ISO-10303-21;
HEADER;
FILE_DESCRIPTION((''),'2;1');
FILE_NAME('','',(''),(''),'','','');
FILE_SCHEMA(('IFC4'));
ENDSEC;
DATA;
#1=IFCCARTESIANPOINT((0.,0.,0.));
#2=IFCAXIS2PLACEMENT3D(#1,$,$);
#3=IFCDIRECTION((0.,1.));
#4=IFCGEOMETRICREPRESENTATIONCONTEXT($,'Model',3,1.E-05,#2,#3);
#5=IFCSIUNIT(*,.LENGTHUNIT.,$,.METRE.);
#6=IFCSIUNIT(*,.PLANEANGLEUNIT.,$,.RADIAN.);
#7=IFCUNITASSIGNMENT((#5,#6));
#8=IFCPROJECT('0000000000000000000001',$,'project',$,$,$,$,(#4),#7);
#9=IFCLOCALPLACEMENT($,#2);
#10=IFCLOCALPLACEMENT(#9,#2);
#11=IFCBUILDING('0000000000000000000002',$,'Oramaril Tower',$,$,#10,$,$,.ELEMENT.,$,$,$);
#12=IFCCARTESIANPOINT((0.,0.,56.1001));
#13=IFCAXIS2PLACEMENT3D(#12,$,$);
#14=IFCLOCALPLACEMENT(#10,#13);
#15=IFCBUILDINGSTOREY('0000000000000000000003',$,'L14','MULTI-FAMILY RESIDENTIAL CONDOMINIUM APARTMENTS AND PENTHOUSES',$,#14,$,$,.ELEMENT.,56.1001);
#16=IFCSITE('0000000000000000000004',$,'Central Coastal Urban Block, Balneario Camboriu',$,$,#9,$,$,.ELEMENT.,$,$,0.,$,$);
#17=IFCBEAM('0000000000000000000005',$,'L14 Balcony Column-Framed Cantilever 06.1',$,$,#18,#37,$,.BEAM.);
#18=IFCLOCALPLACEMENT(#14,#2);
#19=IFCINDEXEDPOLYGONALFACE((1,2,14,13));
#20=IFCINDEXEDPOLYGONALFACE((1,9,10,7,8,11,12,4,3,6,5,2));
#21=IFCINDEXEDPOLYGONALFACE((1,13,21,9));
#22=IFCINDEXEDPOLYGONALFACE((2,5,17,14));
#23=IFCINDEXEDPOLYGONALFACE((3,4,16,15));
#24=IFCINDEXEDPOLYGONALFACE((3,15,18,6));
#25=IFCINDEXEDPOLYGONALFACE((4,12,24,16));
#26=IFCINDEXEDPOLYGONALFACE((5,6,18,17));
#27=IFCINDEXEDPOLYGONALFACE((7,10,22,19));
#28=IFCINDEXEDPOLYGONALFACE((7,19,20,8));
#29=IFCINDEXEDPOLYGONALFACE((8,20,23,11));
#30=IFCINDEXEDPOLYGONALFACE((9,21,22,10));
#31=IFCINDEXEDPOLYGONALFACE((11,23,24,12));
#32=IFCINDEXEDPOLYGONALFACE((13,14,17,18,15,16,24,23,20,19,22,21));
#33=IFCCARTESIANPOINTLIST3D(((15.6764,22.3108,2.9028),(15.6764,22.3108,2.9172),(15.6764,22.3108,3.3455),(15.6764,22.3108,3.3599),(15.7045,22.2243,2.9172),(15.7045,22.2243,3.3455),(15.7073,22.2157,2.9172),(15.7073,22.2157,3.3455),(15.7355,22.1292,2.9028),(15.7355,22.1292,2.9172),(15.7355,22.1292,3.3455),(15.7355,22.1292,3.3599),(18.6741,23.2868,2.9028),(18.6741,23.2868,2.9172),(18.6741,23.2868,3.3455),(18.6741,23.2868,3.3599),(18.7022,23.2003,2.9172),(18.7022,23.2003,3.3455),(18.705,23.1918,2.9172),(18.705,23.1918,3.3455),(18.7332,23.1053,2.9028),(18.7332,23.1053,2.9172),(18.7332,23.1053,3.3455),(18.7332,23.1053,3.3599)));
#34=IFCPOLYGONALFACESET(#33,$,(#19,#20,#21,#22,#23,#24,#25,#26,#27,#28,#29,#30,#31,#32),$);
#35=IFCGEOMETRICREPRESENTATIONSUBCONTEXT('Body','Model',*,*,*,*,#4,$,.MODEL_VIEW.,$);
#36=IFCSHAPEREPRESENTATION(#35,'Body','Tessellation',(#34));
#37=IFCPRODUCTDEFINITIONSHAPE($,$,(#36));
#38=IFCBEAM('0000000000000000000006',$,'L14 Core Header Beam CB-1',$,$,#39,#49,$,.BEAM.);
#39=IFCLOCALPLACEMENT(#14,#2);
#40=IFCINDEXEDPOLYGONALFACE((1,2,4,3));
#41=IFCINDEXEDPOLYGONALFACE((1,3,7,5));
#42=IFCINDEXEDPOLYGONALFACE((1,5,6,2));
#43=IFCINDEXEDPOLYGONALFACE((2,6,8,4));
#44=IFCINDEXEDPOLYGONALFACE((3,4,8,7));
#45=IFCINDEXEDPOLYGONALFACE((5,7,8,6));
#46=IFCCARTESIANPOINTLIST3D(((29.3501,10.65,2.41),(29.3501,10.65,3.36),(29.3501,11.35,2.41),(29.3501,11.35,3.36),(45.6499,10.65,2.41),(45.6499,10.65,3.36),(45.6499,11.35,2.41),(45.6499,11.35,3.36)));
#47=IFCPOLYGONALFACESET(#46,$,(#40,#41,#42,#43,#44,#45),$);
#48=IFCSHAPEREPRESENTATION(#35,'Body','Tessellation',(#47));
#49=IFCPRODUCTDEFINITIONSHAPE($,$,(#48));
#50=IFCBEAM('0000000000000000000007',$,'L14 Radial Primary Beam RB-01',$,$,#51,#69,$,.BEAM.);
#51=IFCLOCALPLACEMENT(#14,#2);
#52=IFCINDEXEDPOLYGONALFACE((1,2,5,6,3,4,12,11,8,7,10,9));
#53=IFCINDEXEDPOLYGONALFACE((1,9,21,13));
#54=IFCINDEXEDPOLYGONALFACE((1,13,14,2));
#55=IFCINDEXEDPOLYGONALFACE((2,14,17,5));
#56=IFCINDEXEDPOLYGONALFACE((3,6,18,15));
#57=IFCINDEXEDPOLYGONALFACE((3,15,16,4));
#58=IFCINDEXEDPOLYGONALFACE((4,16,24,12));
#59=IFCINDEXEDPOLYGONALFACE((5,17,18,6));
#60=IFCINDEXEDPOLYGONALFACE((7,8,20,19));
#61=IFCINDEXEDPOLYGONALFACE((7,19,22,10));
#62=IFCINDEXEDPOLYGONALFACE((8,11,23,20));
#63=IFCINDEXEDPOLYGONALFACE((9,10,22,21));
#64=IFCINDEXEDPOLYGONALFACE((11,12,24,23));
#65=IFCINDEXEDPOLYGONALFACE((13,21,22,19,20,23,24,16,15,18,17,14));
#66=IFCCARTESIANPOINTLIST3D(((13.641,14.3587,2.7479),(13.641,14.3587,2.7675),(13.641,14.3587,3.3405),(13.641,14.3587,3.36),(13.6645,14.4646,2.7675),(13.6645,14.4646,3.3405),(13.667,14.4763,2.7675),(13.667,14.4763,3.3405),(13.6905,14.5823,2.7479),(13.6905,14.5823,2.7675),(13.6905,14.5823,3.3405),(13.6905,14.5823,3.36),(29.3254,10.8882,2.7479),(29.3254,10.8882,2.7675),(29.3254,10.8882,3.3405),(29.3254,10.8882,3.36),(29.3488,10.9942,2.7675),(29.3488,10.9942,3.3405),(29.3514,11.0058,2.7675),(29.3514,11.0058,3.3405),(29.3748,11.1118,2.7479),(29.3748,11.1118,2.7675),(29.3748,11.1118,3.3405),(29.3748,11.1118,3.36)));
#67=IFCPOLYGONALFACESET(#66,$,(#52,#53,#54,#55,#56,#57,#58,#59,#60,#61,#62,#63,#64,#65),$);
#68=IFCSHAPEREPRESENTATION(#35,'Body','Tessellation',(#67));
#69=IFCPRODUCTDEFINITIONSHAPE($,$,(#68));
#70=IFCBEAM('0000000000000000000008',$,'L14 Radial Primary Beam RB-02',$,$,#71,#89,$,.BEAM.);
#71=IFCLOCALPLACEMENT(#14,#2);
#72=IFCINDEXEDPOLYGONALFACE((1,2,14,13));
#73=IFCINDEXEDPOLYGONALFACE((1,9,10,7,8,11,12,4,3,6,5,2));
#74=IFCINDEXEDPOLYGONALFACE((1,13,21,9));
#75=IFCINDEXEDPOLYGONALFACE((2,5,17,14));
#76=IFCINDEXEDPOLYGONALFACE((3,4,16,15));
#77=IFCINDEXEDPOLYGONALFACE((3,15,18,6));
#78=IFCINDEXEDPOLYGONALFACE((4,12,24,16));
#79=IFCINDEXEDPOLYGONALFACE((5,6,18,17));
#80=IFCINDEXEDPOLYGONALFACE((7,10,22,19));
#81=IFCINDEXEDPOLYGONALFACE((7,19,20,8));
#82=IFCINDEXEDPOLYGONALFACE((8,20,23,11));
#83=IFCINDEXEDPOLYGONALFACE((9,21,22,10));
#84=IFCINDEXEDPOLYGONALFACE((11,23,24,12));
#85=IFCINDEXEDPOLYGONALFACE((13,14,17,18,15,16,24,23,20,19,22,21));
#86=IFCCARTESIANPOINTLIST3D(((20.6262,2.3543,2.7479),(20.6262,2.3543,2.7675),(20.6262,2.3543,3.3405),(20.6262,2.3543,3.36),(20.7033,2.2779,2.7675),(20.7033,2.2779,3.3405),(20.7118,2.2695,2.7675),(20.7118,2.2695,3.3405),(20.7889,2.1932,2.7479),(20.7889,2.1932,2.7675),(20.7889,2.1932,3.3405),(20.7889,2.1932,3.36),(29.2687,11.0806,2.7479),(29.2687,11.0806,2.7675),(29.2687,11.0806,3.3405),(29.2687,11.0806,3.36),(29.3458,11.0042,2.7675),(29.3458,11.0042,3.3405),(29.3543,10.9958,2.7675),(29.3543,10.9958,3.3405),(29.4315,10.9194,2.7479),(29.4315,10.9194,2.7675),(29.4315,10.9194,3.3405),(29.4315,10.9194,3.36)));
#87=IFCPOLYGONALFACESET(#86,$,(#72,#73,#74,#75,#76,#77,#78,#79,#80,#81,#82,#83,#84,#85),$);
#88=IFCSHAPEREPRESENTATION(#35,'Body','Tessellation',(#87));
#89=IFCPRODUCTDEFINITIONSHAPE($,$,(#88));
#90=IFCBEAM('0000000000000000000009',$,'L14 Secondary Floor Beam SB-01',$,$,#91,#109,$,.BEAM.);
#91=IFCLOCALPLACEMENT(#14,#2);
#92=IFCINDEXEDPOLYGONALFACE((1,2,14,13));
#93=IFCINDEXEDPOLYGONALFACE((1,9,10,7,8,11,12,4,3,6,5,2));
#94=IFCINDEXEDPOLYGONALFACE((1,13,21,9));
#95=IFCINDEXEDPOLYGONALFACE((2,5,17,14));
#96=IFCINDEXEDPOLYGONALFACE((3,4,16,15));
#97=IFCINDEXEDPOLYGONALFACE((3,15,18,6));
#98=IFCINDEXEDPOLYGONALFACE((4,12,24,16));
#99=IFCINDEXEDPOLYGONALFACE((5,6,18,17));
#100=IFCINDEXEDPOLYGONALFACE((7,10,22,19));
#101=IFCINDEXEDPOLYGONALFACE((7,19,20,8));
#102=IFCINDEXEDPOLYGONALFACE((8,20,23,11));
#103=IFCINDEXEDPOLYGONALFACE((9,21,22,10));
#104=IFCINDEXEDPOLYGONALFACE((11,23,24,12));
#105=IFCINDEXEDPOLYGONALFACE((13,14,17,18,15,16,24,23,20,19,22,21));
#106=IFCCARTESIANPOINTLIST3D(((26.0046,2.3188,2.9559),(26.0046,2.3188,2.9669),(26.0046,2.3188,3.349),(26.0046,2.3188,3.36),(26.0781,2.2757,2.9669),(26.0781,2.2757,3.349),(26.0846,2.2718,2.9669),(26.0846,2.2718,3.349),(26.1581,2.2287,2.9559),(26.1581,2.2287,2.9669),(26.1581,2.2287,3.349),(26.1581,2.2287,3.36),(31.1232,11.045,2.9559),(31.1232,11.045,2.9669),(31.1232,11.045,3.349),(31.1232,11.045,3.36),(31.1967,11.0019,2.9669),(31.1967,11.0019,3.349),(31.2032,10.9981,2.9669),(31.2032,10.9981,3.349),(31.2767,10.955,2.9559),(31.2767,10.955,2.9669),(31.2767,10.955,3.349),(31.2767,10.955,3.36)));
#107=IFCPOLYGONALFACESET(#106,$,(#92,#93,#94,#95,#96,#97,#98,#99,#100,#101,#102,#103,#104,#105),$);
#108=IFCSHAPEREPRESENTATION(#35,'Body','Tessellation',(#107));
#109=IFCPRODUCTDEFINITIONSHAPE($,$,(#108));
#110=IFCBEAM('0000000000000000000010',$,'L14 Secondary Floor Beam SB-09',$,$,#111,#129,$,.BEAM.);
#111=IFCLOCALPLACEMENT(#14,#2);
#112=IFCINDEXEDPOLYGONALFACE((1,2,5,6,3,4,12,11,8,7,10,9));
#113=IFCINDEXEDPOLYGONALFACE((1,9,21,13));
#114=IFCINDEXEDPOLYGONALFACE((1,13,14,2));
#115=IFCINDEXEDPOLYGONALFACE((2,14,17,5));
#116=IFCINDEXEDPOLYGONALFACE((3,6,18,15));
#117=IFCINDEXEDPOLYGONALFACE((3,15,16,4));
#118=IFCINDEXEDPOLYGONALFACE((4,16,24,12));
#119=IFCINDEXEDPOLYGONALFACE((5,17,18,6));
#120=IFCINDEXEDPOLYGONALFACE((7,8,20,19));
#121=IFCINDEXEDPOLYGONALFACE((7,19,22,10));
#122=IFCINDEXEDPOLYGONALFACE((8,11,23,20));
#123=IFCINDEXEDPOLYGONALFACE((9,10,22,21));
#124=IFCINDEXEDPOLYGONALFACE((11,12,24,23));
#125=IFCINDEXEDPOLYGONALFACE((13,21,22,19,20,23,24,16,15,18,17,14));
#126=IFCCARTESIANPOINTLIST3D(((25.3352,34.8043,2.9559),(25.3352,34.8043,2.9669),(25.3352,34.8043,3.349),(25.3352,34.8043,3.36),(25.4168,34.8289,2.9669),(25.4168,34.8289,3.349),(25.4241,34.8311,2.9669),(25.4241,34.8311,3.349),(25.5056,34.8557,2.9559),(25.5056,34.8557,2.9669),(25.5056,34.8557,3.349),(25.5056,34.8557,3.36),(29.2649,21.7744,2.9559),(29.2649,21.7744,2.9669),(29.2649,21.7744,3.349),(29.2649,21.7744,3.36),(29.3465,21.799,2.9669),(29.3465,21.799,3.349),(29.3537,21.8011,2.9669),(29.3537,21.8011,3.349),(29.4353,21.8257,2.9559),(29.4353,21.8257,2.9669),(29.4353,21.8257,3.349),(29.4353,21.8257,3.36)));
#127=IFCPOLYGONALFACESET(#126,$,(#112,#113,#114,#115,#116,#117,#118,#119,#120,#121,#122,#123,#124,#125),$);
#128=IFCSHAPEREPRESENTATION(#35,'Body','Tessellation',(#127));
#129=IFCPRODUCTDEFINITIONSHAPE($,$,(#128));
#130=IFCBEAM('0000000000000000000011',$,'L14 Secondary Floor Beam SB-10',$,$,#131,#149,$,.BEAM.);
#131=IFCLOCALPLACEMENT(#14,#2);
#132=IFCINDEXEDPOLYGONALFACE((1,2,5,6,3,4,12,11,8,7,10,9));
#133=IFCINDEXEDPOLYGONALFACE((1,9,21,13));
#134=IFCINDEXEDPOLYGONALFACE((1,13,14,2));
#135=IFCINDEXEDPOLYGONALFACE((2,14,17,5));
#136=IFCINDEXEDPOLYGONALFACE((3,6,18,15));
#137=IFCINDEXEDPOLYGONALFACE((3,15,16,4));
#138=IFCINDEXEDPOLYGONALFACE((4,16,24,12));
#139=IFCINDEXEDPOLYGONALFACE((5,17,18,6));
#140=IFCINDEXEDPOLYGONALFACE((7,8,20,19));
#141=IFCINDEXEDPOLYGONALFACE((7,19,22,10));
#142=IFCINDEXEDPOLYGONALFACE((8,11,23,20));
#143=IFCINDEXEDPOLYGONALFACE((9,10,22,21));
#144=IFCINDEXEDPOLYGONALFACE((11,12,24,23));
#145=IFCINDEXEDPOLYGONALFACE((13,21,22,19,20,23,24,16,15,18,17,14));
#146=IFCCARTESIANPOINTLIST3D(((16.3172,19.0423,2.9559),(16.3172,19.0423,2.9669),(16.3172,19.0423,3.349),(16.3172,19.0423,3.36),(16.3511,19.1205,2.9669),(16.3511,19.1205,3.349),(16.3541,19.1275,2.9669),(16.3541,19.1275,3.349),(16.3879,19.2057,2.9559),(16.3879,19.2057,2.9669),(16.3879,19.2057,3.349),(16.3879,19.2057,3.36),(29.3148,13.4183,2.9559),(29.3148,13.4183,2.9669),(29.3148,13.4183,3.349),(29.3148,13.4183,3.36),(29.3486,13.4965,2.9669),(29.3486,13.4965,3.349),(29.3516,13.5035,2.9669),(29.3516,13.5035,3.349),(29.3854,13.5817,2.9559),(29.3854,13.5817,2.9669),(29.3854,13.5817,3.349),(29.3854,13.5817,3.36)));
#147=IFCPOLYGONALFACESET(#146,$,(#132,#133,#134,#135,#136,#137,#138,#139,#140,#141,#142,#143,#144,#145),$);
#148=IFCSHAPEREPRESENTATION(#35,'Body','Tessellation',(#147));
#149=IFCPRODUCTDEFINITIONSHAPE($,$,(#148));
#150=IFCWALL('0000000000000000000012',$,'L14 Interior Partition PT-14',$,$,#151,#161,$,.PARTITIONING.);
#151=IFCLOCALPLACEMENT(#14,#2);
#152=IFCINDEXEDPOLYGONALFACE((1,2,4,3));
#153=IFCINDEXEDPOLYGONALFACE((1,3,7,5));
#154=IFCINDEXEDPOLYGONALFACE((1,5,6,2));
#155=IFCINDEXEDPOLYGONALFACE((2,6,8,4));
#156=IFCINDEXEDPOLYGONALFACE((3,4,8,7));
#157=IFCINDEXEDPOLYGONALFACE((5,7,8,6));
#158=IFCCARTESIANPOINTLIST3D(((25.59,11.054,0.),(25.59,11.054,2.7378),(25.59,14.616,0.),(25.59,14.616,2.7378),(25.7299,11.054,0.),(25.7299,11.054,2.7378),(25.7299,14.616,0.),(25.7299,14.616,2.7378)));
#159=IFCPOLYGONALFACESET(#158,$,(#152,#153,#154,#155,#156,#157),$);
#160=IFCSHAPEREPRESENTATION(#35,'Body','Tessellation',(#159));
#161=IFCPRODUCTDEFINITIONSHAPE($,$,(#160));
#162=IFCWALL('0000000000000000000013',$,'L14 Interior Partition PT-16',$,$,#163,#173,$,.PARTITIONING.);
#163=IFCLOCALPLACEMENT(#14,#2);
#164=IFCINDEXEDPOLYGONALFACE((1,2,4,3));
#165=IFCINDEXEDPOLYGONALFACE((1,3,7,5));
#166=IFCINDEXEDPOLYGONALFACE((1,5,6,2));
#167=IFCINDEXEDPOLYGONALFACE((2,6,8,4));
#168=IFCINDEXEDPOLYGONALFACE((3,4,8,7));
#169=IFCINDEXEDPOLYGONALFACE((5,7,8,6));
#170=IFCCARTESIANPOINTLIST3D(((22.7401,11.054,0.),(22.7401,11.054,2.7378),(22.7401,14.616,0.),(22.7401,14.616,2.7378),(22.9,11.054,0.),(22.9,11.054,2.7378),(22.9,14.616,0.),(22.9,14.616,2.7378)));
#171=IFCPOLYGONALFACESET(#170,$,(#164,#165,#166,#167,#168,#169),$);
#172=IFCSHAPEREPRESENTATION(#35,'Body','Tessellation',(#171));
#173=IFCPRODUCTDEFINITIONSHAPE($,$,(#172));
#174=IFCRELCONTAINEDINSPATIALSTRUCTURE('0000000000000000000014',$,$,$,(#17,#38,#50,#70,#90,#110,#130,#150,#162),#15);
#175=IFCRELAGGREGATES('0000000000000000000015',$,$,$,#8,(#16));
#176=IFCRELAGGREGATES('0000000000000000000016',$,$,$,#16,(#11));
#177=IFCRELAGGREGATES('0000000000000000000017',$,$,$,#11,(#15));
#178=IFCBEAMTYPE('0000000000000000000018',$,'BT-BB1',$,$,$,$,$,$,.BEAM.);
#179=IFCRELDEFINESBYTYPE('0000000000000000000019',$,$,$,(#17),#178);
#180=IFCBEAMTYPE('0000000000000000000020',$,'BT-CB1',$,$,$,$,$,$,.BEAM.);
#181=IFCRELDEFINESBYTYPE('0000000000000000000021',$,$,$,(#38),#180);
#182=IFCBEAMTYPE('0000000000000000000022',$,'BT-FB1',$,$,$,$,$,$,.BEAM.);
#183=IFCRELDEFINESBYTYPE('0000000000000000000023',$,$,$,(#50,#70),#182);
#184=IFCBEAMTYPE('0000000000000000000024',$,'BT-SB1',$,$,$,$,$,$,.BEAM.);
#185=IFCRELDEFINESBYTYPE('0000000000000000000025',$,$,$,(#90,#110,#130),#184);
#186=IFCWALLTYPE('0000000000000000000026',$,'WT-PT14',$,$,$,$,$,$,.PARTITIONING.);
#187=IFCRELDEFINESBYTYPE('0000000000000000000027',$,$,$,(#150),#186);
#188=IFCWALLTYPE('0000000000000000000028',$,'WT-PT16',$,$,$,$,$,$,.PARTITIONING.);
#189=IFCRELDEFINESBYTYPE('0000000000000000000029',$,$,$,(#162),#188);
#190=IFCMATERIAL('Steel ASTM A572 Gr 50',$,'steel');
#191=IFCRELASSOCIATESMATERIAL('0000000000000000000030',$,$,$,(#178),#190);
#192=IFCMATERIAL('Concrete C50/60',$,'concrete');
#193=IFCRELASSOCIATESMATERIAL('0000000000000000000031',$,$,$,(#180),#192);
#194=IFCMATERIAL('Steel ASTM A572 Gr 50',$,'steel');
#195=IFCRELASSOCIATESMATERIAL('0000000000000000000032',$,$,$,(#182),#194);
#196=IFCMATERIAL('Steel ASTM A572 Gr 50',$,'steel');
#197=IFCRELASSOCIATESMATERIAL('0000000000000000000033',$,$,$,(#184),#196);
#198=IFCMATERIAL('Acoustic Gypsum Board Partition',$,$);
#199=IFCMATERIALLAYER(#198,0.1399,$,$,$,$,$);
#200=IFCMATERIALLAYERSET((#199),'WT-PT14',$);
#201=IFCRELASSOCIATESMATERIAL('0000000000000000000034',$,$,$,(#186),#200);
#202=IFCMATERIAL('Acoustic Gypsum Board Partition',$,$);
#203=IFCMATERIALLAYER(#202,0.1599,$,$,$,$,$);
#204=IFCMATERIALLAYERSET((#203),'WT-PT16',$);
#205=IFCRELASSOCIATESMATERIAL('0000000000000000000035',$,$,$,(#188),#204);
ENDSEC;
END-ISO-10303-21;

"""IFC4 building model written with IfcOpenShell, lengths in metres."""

from ifc_helpers import new_model, si_unit, direction, frame, frame_2d, origin, origin_2d, place, context, subcontext, project, spatial, rectangle, i_section, extrude, material, layer, layer_set, material_profile, profile_set, type_object, element, save


model = new_model("IFC4")

# Units and contexts
model_context = context("Model", 3, precision=1e-05, world=origin(), true_north=direction((0.0, 1.0)))
body_context = subcontext(model_context, "Body", "Model", "MODEL_VIEW")
ifc_project = project(units=[si_unit("LENGTHUNIT", "METRE"), si_unit("PLANEANGLEUNIT", "RADIAN")], contexts=[model_context])

# Site, building, storey
site_placement = place(None, origin())
site = spatial("IfcSite", under=ifc_project, at=site_placement, Name="Central Coastal Urban Block, Balneario Camboriu", CompositionType="ELEMENT", RefElevation=0.0)
building_placement = place(site_placement, origin())
building = spatial("IfcBuilding", under=site, at=building_placement, Name="Oramaril Tower", CompositionType="ELEMENT")
storey_placement = place(building_placement, frame((0.0, 0.0, 56.1001)))
storey = spatial("IfcBuildingStorey", under=building, at=storey_placement, Name="L14", Description="MULTI-FAMILY RESIDENTIAL CONDOMINIUM APARTMENTS AND PENTHOUSES", CompositionType="ELEMENT", Elevation=56.1001)

# Beams
ifc_material_1 = material(Name="Steel ASTM A572 Gr 50", Category="steel")
ifc_material_profile_1 = material_profile(ifc_material_1, i_section(OverallWidth=0.1909, OverallDepth=0.457, WebThickness=0.009, FlangeThickness=0.0144, at=origin_2d()), Name="W18X50")
ifc_profile_set_1 = profile_set([ifc_material_profile_1], Name="Steel ASTM A572 Gr 50")
beam_type_1 = type_object("IfcBeamType", Name="BT-BB1", PredefinedType="BEAM", material=ifc_profile_set_1)
beam_1_placement = place(storey_placement, frame((18.7036, 23.196, 3.1313), z_axis=(-0.950867, -0.309599, 0.0), x_axis=(0.309599, -0.950867, 0.0)))
element("IfcBeam", 1, at=beam_1_placement, inside=storey, type_object=beam_type_1, Name="L14 Balcony Column-Framed Cantilever 06.1", PredefinedType="BEAM", context=body_context, shape_type="SweptSolid", body=[
    extrude(i_section(OverallWidth=0.1909, OverallDepth=0.457, WebThickness=0.009, FlangeThickness=0.0144, at=origin_2d()), origin(), (0.0, 0.0, 1.0), 3.1526),
])
ifc_material_2 = material(Name="Concrete C50/60", Category="concrete")
ifc_material_profile_2 = material_profile(ifc_material_2, rectangle(XDim=0.7, YDim=0.95, at=origin_2d()), Name="CB700X950")
ifc_profile_set_2 = profile_set([ifc_material_profile_2], Name="Concrete C50/60")
beam_type_2 = type_object("IfcBeamType", Name="BT-CB1", PredefinedType="BEAM", material=ifc_profile_set_2)
beam_2_placement = place(storey_placement, frame((29.3501, 11.0, 2.885), z_axis=(1.0, 0.0, 0.0), x_axis=(0.0, 1.0, 0.0)))
element("IfcBeam", 2, at=beam_2_placement, inside=storey, type_object=beam_type_2, Name="L14 Core Header Beam CB-1", PredefinedType="BEAM", context=body_context, shape_type="SweptSolid", body=[
    extrude(rectangle(XDim=0.7, YDim=0.95, at=origin_2d()), origin(), (0.0, 0.0, 1.0), 16.2998),
])
ifc_material_3 = material(Name="Steel ASTM A572 Gr 50", Category="steel")
ifc_material_profile_3 = material_profile(ifc_material_3, i_section(OverallWidth=0.229, OverallDepth=0.6121, WebThickness=0.012, FlangeThickness=0.0195, at=origin_2d()), Name="W24X84")
ifc_profile_set_3 = profile_set([ifc_material_profile_3], Name="Steel ASTM A572 Gr 50")
beam_type_3 = type_object("IfcBeamType", Name="BT-FB1", PredefinedType="BEAM", material=ifc_profile_set_3)
beam_3_placement = place(storey_placement, frame((29.3501, 11.0, 3.054), z_axis=(-0.976384, 0.216044, 0.0), x_axis=(-0.216044, -0.976384, 0.0)))
element("IfcBeam", 3, at=beam_3_placement, inside=storey, type_object=beam_type_3, Name="L14 Radial Primary Beam RB-01", PredefinedType="BEAM", context=body_context, shape_type="SweptSolid", body=[
    extrude(i_section(OverallWidth=0.229, OverallDepth=0.6121, WebThickness=0.012, FlangeThickness=0.0195, at=origin_2d()), origin(), (0.0, 0.0, 1.0), 16.0637),
])
beam_4_placement = place(storey_placement, frame((29.3501, 11.0, 3.054), z_axis=(-0.703689, -0.710508, 0.0), x_axis=(0.710508, -0.703689, 0.0)))
element("IfcBeam", 4, at=beam_4_placement, inside=storey, type_object=beam_type_3, Name="L14 Radial Primary Beam RB-02", PredefinedType="BEAM", context=body_context, shape_type="SweptSolid", body=[
    extrude(i_section(OverallWidth=0.229, OverallDepth=0.6121, WebThickness=0.012, FlangeThickness=0.0195, at=origin_2d()), origin(), (0.0, 0.0, 1.0), 12.2817),
])
ifc_material_4 = material(Name="Steel ASTM A572 Gr 50", Category="steel")
ifc_material_profile_4 = material_profile(ifc_material_4, i_section(OverallWidth=0.178, OverallDepth=0.4041, WebThickness=0.0076, FlangeThickness=0.011, at=origin_2d()), Name="W16X36")
ifc_profile_set_4 = profile_set([ifc_material_profile_4], Name="Steel ASTM A572 Gr 50")
beam_type_4 = type_object("IfcBeamType", Name="BT-SB1", PredefinedType="BEAM", material=ifc_profile_set_4)
beam_5_placement = place(storey_placement, frame((31.2, 11.0, 3.158), z_axis=(-0.505957, -0.862559, 0.0), x_axis=(0.862559, -0.505957, 0.0)))
element("IfcBeam", 5, at=beam_5_placement, inside=storey, type_object=beam_type_4, Name="L14 Secondary Floor Beam SB-01", PredefinedType="BEAM", context=body_context, shape_type="SweptSolid", body=[
    extrude(i_section(OverallWidth=0.178, OverallDepth=0.4041, WebThickness=0.0076, FlangeThickness=0.011, at=origin_2d()), origin(), (0.0, 0.0, 1.0), 10.1167),
])
beam_6_placement = place(storey_placement, frame((29.3501, 21.8, 3.158), z_axis=(-0.288742, 0.957407, 0.0), x_axis=(-0.957407, -0.288742, 0.0)))
element("IfcBeam", 6, at=beam_6_placement, inside=storey, type_object=beam_type_4, Name="L14 Secondary Floor Beam SB-09", PredefinedType="BEAM", context=body_context, shape_type="SweptSolid", body=[
    extrude(i_section(OverallWidth=0.178, OverallDepth=0.4041, WebThickness=0.0076, FlangeThickness=0.011, at=origin_2d()), origin(), (0.0, 0.0, 1.0), 13.6096),
])
beam_7_placement = place(storey_placement, frame((29.3501, 13.5, 3.158), z_axis=(-0.917768, 0.397117, 0.0), x_axis=(-0.397117, -0.917768, 0.0)))
element("IfcBeam", 7, at=beam_7_placement, inside=storey, type_object=beam_type_4, Name="L14 Secondary Floor Beam SB-10", PredefinedType="BEAM", context=body_context, shape_type="SweptSolid", body=[
    extrude(i_section(OverallWidth=0.178, OverallDepth=0.4041, WebThickness=0.0076, FlangeThickness=0.011, at=origin_2d()), origin(), (0.0, 0.0, 1.0), 14.1621),
])

# Walls
ifc_material_5 = material(Name="Acoustic Gypsum Board Partition")
ifc_layer_1 = layer(ifc_material_5, 0.1399)
ifc_layer_set_1 = layer_set([ifc_layer_1], Name="WT-PT14")
wall_type_1 = type_object("IfcWallType", Name="WT-PT14", PredefinedType="PARTITIONING", material=ifc_layer_set_1)
wall_1_placement = place(storey_placement, frame((25.6599, 11.054, 0.0), z_axis=(0.0, 0.0, 1.0), x_axis=(0.0, 1.0, 0.0)))
element("IfcWall", 8, at=wall_1_placement, inside=storey, type_object=wall_type_1, Name="L14 Interior Partition PT-14", PredefinedType="PARTITIONING", context=body_context, shape_type="SweptSolid", body=[
    extrude(rectangle(XDim=3.562, YDim=0.1399, at=frame_2d((1.781, 0.0))), origin(), (0.0, 0.0, 1.0), 2.7378),
])
ifc_material_6 = material(Name="Acoustic Gypsum Board Partition")
ifc_layer_2 = layer(ifc_material_6, 0.1599)
ifc_layer_set_2 = layer_set([ifc_layer_2], Name="WT-PT16")
wall_type_2 = type_object("IfcWallType", Name="WT-PT16", PredefinedType="PARTITIONING", material=ifc_layer_set_2)
wall_2_placement = place(storey_placement, frame((22.8201, 11.054, 0.0), z_axis=(0.0, 0.0, 1.0), x_axis=(0.0, 1.0, 0.0)))
element("IfcWall", 9, at=wall_2_placement, inside=storey, type_object=wall_type_2, Name="L14 Interior Partition PT-16", PredefinedType="PARTITIONING", context=body_context, shape_type="SweptSolid", body=[
    extrude(rectangle(XDim=3.562, YDim=0.1599, at=frame_2d((1.781, 0.0))), origin(), (0.0, 0.0, 1.0), 2.7378),
])

save(model, "model.ifc")
